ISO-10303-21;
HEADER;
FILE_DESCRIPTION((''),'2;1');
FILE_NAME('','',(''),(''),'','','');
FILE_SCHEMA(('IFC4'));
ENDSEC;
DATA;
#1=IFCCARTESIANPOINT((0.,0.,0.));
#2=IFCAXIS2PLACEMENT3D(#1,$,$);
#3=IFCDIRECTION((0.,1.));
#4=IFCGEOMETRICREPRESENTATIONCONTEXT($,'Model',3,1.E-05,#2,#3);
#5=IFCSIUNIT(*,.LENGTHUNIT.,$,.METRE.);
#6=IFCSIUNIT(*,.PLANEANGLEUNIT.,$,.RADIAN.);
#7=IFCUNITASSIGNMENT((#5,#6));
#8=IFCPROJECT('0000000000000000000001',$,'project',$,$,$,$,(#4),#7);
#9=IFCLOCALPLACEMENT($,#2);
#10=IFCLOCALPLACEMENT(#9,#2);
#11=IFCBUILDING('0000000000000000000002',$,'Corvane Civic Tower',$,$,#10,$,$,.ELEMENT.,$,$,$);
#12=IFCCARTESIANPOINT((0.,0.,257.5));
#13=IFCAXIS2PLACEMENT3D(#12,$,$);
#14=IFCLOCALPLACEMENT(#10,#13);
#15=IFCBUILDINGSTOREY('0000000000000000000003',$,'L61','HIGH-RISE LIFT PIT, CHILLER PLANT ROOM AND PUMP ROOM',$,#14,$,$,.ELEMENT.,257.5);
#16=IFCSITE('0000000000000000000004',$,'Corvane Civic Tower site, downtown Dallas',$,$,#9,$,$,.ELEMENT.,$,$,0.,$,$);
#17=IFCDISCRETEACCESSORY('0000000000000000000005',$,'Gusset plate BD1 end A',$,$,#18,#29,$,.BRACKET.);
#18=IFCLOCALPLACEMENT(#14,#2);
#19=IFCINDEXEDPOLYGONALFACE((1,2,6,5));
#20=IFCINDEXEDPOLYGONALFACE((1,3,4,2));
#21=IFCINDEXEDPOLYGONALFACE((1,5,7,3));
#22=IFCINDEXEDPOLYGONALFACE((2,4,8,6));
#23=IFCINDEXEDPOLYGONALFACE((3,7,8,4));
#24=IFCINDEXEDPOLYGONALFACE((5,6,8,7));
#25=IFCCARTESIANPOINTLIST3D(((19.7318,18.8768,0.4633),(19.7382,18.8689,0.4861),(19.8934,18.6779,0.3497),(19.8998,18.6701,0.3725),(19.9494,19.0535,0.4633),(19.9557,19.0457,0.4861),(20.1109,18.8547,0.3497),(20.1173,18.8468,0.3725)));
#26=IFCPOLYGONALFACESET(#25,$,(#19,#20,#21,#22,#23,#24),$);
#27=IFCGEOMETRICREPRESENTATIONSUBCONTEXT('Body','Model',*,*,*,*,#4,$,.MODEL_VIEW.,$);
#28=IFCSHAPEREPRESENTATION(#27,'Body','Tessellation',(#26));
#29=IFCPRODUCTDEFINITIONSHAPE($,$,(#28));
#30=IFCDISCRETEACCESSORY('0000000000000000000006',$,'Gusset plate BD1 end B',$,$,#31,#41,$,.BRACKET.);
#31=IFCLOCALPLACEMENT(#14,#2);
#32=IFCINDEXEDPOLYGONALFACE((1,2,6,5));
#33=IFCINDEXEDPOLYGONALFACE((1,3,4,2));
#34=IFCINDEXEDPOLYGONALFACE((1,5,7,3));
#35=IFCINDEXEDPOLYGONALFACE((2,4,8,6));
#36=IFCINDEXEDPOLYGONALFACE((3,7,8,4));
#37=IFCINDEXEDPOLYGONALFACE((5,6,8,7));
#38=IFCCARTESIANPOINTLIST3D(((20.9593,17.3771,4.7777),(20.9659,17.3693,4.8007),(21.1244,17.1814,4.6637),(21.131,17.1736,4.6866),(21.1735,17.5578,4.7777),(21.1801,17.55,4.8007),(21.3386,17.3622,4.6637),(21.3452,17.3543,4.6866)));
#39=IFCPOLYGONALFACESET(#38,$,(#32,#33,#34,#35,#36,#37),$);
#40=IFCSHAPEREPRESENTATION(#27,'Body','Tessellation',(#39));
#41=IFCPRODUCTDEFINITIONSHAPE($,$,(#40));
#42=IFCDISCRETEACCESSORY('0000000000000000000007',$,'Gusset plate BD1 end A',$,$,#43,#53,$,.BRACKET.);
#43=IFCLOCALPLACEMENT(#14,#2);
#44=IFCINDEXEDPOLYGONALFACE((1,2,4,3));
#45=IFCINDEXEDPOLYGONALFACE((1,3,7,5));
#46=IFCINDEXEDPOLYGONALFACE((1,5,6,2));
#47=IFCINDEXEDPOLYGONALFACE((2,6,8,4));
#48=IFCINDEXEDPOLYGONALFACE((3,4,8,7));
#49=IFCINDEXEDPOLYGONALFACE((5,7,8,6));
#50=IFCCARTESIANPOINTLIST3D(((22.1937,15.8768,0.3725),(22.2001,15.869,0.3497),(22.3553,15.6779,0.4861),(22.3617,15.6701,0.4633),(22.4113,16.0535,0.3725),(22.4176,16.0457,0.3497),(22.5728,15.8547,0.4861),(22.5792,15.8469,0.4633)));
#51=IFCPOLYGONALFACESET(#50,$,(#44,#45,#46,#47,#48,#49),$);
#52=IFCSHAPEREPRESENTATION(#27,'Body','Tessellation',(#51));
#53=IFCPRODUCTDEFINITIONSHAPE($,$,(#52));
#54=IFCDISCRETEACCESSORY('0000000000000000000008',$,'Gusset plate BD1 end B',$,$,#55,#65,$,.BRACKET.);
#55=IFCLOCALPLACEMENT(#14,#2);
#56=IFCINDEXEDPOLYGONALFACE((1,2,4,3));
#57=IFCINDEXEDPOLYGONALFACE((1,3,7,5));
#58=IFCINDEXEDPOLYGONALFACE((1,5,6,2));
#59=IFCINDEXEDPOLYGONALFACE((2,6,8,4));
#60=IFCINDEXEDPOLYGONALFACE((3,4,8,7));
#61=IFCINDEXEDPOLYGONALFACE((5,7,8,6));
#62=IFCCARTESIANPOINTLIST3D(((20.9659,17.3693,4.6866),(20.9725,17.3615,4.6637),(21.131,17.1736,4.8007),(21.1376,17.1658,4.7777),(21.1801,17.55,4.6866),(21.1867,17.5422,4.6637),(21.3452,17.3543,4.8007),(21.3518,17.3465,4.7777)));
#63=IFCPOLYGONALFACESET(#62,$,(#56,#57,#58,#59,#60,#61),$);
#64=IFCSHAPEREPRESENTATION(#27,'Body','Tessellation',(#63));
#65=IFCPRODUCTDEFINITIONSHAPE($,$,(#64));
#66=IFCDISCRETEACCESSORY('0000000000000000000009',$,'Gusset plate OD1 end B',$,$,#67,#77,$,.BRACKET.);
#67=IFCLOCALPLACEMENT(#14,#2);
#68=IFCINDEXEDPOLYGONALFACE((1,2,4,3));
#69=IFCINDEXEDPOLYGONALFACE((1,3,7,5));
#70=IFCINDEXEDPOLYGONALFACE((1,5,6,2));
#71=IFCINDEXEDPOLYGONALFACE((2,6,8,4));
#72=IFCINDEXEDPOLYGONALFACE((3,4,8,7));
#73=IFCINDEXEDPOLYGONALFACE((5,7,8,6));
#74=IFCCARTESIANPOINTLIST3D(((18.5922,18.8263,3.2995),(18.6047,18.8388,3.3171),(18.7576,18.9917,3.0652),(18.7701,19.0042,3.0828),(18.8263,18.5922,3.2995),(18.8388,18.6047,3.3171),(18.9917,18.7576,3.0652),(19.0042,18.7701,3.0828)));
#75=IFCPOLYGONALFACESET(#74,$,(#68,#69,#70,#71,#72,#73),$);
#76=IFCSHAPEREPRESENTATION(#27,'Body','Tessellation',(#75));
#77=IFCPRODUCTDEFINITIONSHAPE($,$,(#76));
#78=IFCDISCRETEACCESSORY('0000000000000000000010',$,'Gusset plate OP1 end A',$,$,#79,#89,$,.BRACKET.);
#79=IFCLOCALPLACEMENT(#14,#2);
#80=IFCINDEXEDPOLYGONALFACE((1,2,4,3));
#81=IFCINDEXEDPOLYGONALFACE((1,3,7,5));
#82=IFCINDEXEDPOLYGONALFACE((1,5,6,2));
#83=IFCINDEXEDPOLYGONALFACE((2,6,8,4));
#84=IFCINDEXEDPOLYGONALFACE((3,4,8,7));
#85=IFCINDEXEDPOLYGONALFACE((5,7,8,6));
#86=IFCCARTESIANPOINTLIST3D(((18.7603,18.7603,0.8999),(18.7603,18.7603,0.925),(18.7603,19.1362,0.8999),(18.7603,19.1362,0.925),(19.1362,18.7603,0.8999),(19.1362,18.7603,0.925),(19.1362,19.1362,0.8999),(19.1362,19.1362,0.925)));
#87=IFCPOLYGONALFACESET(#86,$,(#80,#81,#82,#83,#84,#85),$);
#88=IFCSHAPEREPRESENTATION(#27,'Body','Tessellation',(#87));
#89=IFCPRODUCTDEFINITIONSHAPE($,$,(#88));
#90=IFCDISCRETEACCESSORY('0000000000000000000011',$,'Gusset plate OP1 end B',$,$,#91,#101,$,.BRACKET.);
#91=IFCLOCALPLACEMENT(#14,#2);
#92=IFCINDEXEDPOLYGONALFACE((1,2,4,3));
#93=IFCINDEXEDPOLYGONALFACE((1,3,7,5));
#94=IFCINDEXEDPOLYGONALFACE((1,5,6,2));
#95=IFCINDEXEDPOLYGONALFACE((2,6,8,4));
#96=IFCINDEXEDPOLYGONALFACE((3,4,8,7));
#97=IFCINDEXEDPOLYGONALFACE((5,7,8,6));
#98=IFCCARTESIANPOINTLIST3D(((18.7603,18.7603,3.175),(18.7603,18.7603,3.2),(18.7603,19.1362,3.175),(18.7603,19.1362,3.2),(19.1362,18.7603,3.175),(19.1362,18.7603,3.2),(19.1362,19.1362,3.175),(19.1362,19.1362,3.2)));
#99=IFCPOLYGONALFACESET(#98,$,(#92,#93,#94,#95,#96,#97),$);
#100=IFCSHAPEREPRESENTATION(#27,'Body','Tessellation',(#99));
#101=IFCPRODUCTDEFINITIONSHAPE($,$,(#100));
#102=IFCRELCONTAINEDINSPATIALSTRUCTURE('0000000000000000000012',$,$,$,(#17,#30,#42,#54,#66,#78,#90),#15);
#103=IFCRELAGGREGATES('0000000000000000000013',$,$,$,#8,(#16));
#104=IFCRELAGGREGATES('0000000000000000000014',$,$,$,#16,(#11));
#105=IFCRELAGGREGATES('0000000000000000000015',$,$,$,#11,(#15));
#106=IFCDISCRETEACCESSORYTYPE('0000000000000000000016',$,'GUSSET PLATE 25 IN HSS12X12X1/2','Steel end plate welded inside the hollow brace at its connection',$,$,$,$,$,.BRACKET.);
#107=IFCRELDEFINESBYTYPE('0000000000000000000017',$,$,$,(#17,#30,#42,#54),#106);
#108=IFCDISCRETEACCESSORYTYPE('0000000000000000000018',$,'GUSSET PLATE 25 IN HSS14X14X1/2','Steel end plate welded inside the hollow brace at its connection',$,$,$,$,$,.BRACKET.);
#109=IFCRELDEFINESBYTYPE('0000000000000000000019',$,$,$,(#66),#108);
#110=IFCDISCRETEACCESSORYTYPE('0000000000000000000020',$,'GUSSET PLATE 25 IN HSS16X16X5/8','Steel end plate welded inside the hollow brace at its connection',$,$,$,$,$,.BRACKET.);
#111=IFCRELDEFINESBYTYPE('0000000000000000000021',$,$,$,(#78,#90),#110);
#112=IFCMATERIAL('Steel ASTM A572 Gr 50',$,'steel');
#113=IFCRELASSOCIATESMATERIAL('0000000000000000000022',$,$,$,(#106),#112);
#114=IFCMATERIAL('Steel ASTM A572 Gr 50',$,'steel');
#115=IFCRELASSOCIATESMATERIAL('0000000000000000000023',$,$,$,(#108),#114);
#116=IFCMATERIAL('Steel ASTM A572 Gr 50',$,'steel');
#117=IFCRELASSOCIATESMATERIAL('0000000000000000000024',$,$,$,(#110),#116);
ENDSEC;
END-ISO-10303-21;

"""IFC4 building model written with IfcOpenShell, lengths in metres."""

from ifc_helpers import new_model, si_unit, direction, frame, origin, origin_2d, place, context, subcontext, project, spatial, rectangle, extrude, material, material_profile, profile_set, type_object, element, save


model = new_model("IFC4")

# Units and contexts
model_context = context("Model", 3, precision=1e-05, world=origin(), true_north=direction((0.0, 1.0)))
body_context = subcontext(model_context, "Body", "Model", "MODEL_VIEW")
ifc_project = project(units=[si_unit("LENGTHUNIT", "METRE"), si_unit("PLANEANGLEUNIT", "RADIAN")], contexts=[model_context])

# Site, building, storey
site_placement = place(None, origin())
site = spatial("IfcSite", under=ifc_project, at=site_placement, Name="Corvane Civic Tower site, downtown Dallas", CompositionType="ELEMENT", RefElevation=0.0)
building_placement = place(site_placement, origin())
building = spatial("IfcBuilding", under=site, at=building_placement, Name="Corvane Civic Tower", CompositionType="ELEMENT")
storey_placement = place(building_placement, frame((0.0, 0.0, 257.5)))
storey = spatial("IfcBuildingStorey", under=building, at=storey_placement, Name="L61", Description="HIGH-RISE LIFT PIT, CHILLER PLANT ROOM AND PUMP ROOM", CompositionType="ELEMENT", Elevation=257.5)

# Discrete accessories
ifc_material_1 = material(Name="Steel ASTM A572 Gr 50", Category="steel")
ifc_material_profile_1 = material_profile(ifc_material_1, rectangle(XDim=0.2803, YDim=0.2803, at=origin_2d()), Name="GUSSET PLATE 25 IN HSS12X12X1/2")
ifc_profile_set_1 = profile_set([ifc_material_profile_1], Name="Steel ASTM A572 Gr 50")
discrete_accessory_type_1 = type_object("IfcDiscreteAccessoryType", Name="GUSSET PLATE 25 IN HSS12X12X1/2", Description="Steel end plate welded inside the hollow brace at its connection", PredefinedType="BRACKET", material=ifc_profile_set_1)
discrete_accessory_1_placement = place(storey_placement, frame((19.9214, 18.8657, 0.4065), z_axis=(0.255578, -0.314558, 0.914184), x_axis=(0.776114, 0.630593, 0.0)))
element("IfcDiscreteAccessory", 1, at=discrete_accessory_1_placement, inside=storey, type_object=discrete_accessory_type_1, Name="Gusset plate BD1 end A", PredefinedType="BRACKET", context=body_context, shape_type="SweptSolid", body=[
    extrude(rectangle(XDim=0.2803, YDim=0.2803, at=origin_2d()), origin(), (0.0, 0.0, 1.0), 0.0249),
])
discrete_accessory_2_placement = place(storey_placement, frame((21.1555, 17.3618, 4.7437), z_axis=(-0.262383, 0.310973, -0.913483), x_axis=(-0.764291, -0.644871, 0.0)))
element("IfcDiscreteAccessory", 2, at=discrete_accessory_2_placement, inside=storey, type_object=discrete_accessory_type_1, Name="Gusset plate BD1 end B", PredefinedType="BRACKET", context=body_context, shape_type="SweptSolid", body=[
    extrude(rectangle(XDim=0.2803, YDim=0.2803, at=origin_2d()), origin(), (0.0, 0.0, 1.0), 0.0251),
])
discrete_accessory_3_placement = place(storey_placement, frame((22.3896, 15.8579, 0.4065), z_axis=(-0.255578, 0.314558, 0.914184), x_axis=(-0.776114, -0.630593, 0.0)))
element("IfcDiscreteAccessory", 3, at=discrete_accessory_3_placement, inside=storey, type_object=discrete_accessory_type_1, Name="Gusset plate BD1 end A", PredefinedType="BRACKET", context=body_context, shape_type="SweptSolid", body=[
    extrude(rectangle(XDim=0.2803, YDim=0.2803, at=origin_2d()), origin(), (0.0, 0.0, 1.0), 0.0249),
])
discrete_accessory_4_placement = place(storey_placement, frame((21.1555, 17.3618, 4.7437), z_axis=(0.262383, -0.310973, -0.913483), x_axis=(0.764291, 0.644871, 0.0)))
element("IfcDiscreteAccessory", 4, at=discrete_accessory_4_placement, inside=storey, type_object=discrete_accessory_type_1, Name="Gusset plate BD1 end B", PredefinedType="BRACKET", context=body_context, shape_type="SweptSolid", body=[
    extrude(rectangle(XDim=0.2803, YDim=0.2803, at=origin_2d()), origin(), (0.0, 0.0, 1.0), 0.0251),
])
ifc_material_2 = material(Name="Steel ASTM A572 Gr 50", Category="steel")
ifc_material_profile_2 = material_profile(ifc_material_2, rectangle(XDim=0.3311, YDim=0.3311, at=origin_2d()), Name="GUSSET PLATE 25 IN HSS14X14X1/2")
ifc_profile_set_2 = profile_set([ifc_material_profile_2], Name="Steel ASTM A572 Gr 50")
discrete_accessory_type_2 = type_object("IfcDiscreteAccessoryType", Name="GUSSET PLATE 25 IN HSS14X14X1/2", Description="Steel end plate welded inside the hollow brace at its connection", PredefinedType="BRACKET", material=ifc_profile_set_2)
discrete_accessory_5_placement = place(storey_placement, frame((18.8044, 18.8044, 3.2), z_axis=(-0.500433, -0.500433, -0.706494), x_axis=(0.707107, -0.707107, 0.0)))
element("IfcDiscreteAccessory", 5, at=discrete_accessory_5_placement, inside=storey, type_object=discrete_accessory_type_2, Name="Gusset plate OD1 end B", PredefinedType="BRACKET", context=body_context, shape_type="SweptSolid", body=[
    extrude(rectangle(XDim=0.3311, YDim=0.3311, at=origin_2d()), origin(), (0.0, 0.0, 1.0), 0.0249),
])
ifc_material_3 = material(Name="Steel ASTM A572 Gr 50", Category="steel")
ifc_material_profile_3 = material_profile(ifc_material_3, rectangle(XDim=0.376, YDim=0.376, at=origin_2d()), Name="GUSSET PLATE 25 IN HSS16X16X5/8")
ifc_profile_set_3 = profile_set([ifc_material_profile_3], Name="Steel ASTM A572 Gr 50")
discrete_accessory_type_3 = type_object("IfcDiscreteAccessoryType", Name="GUSSET PLATE 25 IN HSS16X16X5/8", Description="Steel end plate welded inside the hollow brace at its connection", PredefinedType="BRACKET", material=ifc_profile_set_3)
discrete_accessory_6_placement = place(storey_placement, frame((18.9482, 18.9482, 0.8999), z_axis=(0.0, 0.0, 1.0), x_axis=(1.0, 0.0, 0.0)))
element("IfcDiscreteAccessory", 6, at=discrete_accessory_6_placement, inside=storey, type_object=discrete_accessory_type_3, Name="Gusset plate OP1 end A", PredefinedType="BRACKET", context=body_context, shape_type="SweptSolid", body=[
    extrude(rectangle(XDim=0.376, YDim=0.376, at=origin_2d()), origin(), (0.0, 0.0, 1.0), 0.0251),
])
discrete_accessory_7_placement = place(storey_placement, frame((18.9482, 18.9482, 3.2), z_axis=(0.0, 0.0, -1.0), x_axis=(1.0, 0.0, 0.0)))
element("IfcDiscreteAccessory", 7, at=discrete_accessory_7_placement, inside=storey, type_object=discrete_accessory_type_3, Name="Gusset plate OP1 end B", PredefinedType="BRACKET", context=body_context, shape_type="SweptSolid", body=[
    extrude(rectangle(XDim=0.376, YDim=0.376, at=origin_2d()), origin(), (0.0, 0.0, 1.0), 0.0249),
])

save(model, "model.ifc")
